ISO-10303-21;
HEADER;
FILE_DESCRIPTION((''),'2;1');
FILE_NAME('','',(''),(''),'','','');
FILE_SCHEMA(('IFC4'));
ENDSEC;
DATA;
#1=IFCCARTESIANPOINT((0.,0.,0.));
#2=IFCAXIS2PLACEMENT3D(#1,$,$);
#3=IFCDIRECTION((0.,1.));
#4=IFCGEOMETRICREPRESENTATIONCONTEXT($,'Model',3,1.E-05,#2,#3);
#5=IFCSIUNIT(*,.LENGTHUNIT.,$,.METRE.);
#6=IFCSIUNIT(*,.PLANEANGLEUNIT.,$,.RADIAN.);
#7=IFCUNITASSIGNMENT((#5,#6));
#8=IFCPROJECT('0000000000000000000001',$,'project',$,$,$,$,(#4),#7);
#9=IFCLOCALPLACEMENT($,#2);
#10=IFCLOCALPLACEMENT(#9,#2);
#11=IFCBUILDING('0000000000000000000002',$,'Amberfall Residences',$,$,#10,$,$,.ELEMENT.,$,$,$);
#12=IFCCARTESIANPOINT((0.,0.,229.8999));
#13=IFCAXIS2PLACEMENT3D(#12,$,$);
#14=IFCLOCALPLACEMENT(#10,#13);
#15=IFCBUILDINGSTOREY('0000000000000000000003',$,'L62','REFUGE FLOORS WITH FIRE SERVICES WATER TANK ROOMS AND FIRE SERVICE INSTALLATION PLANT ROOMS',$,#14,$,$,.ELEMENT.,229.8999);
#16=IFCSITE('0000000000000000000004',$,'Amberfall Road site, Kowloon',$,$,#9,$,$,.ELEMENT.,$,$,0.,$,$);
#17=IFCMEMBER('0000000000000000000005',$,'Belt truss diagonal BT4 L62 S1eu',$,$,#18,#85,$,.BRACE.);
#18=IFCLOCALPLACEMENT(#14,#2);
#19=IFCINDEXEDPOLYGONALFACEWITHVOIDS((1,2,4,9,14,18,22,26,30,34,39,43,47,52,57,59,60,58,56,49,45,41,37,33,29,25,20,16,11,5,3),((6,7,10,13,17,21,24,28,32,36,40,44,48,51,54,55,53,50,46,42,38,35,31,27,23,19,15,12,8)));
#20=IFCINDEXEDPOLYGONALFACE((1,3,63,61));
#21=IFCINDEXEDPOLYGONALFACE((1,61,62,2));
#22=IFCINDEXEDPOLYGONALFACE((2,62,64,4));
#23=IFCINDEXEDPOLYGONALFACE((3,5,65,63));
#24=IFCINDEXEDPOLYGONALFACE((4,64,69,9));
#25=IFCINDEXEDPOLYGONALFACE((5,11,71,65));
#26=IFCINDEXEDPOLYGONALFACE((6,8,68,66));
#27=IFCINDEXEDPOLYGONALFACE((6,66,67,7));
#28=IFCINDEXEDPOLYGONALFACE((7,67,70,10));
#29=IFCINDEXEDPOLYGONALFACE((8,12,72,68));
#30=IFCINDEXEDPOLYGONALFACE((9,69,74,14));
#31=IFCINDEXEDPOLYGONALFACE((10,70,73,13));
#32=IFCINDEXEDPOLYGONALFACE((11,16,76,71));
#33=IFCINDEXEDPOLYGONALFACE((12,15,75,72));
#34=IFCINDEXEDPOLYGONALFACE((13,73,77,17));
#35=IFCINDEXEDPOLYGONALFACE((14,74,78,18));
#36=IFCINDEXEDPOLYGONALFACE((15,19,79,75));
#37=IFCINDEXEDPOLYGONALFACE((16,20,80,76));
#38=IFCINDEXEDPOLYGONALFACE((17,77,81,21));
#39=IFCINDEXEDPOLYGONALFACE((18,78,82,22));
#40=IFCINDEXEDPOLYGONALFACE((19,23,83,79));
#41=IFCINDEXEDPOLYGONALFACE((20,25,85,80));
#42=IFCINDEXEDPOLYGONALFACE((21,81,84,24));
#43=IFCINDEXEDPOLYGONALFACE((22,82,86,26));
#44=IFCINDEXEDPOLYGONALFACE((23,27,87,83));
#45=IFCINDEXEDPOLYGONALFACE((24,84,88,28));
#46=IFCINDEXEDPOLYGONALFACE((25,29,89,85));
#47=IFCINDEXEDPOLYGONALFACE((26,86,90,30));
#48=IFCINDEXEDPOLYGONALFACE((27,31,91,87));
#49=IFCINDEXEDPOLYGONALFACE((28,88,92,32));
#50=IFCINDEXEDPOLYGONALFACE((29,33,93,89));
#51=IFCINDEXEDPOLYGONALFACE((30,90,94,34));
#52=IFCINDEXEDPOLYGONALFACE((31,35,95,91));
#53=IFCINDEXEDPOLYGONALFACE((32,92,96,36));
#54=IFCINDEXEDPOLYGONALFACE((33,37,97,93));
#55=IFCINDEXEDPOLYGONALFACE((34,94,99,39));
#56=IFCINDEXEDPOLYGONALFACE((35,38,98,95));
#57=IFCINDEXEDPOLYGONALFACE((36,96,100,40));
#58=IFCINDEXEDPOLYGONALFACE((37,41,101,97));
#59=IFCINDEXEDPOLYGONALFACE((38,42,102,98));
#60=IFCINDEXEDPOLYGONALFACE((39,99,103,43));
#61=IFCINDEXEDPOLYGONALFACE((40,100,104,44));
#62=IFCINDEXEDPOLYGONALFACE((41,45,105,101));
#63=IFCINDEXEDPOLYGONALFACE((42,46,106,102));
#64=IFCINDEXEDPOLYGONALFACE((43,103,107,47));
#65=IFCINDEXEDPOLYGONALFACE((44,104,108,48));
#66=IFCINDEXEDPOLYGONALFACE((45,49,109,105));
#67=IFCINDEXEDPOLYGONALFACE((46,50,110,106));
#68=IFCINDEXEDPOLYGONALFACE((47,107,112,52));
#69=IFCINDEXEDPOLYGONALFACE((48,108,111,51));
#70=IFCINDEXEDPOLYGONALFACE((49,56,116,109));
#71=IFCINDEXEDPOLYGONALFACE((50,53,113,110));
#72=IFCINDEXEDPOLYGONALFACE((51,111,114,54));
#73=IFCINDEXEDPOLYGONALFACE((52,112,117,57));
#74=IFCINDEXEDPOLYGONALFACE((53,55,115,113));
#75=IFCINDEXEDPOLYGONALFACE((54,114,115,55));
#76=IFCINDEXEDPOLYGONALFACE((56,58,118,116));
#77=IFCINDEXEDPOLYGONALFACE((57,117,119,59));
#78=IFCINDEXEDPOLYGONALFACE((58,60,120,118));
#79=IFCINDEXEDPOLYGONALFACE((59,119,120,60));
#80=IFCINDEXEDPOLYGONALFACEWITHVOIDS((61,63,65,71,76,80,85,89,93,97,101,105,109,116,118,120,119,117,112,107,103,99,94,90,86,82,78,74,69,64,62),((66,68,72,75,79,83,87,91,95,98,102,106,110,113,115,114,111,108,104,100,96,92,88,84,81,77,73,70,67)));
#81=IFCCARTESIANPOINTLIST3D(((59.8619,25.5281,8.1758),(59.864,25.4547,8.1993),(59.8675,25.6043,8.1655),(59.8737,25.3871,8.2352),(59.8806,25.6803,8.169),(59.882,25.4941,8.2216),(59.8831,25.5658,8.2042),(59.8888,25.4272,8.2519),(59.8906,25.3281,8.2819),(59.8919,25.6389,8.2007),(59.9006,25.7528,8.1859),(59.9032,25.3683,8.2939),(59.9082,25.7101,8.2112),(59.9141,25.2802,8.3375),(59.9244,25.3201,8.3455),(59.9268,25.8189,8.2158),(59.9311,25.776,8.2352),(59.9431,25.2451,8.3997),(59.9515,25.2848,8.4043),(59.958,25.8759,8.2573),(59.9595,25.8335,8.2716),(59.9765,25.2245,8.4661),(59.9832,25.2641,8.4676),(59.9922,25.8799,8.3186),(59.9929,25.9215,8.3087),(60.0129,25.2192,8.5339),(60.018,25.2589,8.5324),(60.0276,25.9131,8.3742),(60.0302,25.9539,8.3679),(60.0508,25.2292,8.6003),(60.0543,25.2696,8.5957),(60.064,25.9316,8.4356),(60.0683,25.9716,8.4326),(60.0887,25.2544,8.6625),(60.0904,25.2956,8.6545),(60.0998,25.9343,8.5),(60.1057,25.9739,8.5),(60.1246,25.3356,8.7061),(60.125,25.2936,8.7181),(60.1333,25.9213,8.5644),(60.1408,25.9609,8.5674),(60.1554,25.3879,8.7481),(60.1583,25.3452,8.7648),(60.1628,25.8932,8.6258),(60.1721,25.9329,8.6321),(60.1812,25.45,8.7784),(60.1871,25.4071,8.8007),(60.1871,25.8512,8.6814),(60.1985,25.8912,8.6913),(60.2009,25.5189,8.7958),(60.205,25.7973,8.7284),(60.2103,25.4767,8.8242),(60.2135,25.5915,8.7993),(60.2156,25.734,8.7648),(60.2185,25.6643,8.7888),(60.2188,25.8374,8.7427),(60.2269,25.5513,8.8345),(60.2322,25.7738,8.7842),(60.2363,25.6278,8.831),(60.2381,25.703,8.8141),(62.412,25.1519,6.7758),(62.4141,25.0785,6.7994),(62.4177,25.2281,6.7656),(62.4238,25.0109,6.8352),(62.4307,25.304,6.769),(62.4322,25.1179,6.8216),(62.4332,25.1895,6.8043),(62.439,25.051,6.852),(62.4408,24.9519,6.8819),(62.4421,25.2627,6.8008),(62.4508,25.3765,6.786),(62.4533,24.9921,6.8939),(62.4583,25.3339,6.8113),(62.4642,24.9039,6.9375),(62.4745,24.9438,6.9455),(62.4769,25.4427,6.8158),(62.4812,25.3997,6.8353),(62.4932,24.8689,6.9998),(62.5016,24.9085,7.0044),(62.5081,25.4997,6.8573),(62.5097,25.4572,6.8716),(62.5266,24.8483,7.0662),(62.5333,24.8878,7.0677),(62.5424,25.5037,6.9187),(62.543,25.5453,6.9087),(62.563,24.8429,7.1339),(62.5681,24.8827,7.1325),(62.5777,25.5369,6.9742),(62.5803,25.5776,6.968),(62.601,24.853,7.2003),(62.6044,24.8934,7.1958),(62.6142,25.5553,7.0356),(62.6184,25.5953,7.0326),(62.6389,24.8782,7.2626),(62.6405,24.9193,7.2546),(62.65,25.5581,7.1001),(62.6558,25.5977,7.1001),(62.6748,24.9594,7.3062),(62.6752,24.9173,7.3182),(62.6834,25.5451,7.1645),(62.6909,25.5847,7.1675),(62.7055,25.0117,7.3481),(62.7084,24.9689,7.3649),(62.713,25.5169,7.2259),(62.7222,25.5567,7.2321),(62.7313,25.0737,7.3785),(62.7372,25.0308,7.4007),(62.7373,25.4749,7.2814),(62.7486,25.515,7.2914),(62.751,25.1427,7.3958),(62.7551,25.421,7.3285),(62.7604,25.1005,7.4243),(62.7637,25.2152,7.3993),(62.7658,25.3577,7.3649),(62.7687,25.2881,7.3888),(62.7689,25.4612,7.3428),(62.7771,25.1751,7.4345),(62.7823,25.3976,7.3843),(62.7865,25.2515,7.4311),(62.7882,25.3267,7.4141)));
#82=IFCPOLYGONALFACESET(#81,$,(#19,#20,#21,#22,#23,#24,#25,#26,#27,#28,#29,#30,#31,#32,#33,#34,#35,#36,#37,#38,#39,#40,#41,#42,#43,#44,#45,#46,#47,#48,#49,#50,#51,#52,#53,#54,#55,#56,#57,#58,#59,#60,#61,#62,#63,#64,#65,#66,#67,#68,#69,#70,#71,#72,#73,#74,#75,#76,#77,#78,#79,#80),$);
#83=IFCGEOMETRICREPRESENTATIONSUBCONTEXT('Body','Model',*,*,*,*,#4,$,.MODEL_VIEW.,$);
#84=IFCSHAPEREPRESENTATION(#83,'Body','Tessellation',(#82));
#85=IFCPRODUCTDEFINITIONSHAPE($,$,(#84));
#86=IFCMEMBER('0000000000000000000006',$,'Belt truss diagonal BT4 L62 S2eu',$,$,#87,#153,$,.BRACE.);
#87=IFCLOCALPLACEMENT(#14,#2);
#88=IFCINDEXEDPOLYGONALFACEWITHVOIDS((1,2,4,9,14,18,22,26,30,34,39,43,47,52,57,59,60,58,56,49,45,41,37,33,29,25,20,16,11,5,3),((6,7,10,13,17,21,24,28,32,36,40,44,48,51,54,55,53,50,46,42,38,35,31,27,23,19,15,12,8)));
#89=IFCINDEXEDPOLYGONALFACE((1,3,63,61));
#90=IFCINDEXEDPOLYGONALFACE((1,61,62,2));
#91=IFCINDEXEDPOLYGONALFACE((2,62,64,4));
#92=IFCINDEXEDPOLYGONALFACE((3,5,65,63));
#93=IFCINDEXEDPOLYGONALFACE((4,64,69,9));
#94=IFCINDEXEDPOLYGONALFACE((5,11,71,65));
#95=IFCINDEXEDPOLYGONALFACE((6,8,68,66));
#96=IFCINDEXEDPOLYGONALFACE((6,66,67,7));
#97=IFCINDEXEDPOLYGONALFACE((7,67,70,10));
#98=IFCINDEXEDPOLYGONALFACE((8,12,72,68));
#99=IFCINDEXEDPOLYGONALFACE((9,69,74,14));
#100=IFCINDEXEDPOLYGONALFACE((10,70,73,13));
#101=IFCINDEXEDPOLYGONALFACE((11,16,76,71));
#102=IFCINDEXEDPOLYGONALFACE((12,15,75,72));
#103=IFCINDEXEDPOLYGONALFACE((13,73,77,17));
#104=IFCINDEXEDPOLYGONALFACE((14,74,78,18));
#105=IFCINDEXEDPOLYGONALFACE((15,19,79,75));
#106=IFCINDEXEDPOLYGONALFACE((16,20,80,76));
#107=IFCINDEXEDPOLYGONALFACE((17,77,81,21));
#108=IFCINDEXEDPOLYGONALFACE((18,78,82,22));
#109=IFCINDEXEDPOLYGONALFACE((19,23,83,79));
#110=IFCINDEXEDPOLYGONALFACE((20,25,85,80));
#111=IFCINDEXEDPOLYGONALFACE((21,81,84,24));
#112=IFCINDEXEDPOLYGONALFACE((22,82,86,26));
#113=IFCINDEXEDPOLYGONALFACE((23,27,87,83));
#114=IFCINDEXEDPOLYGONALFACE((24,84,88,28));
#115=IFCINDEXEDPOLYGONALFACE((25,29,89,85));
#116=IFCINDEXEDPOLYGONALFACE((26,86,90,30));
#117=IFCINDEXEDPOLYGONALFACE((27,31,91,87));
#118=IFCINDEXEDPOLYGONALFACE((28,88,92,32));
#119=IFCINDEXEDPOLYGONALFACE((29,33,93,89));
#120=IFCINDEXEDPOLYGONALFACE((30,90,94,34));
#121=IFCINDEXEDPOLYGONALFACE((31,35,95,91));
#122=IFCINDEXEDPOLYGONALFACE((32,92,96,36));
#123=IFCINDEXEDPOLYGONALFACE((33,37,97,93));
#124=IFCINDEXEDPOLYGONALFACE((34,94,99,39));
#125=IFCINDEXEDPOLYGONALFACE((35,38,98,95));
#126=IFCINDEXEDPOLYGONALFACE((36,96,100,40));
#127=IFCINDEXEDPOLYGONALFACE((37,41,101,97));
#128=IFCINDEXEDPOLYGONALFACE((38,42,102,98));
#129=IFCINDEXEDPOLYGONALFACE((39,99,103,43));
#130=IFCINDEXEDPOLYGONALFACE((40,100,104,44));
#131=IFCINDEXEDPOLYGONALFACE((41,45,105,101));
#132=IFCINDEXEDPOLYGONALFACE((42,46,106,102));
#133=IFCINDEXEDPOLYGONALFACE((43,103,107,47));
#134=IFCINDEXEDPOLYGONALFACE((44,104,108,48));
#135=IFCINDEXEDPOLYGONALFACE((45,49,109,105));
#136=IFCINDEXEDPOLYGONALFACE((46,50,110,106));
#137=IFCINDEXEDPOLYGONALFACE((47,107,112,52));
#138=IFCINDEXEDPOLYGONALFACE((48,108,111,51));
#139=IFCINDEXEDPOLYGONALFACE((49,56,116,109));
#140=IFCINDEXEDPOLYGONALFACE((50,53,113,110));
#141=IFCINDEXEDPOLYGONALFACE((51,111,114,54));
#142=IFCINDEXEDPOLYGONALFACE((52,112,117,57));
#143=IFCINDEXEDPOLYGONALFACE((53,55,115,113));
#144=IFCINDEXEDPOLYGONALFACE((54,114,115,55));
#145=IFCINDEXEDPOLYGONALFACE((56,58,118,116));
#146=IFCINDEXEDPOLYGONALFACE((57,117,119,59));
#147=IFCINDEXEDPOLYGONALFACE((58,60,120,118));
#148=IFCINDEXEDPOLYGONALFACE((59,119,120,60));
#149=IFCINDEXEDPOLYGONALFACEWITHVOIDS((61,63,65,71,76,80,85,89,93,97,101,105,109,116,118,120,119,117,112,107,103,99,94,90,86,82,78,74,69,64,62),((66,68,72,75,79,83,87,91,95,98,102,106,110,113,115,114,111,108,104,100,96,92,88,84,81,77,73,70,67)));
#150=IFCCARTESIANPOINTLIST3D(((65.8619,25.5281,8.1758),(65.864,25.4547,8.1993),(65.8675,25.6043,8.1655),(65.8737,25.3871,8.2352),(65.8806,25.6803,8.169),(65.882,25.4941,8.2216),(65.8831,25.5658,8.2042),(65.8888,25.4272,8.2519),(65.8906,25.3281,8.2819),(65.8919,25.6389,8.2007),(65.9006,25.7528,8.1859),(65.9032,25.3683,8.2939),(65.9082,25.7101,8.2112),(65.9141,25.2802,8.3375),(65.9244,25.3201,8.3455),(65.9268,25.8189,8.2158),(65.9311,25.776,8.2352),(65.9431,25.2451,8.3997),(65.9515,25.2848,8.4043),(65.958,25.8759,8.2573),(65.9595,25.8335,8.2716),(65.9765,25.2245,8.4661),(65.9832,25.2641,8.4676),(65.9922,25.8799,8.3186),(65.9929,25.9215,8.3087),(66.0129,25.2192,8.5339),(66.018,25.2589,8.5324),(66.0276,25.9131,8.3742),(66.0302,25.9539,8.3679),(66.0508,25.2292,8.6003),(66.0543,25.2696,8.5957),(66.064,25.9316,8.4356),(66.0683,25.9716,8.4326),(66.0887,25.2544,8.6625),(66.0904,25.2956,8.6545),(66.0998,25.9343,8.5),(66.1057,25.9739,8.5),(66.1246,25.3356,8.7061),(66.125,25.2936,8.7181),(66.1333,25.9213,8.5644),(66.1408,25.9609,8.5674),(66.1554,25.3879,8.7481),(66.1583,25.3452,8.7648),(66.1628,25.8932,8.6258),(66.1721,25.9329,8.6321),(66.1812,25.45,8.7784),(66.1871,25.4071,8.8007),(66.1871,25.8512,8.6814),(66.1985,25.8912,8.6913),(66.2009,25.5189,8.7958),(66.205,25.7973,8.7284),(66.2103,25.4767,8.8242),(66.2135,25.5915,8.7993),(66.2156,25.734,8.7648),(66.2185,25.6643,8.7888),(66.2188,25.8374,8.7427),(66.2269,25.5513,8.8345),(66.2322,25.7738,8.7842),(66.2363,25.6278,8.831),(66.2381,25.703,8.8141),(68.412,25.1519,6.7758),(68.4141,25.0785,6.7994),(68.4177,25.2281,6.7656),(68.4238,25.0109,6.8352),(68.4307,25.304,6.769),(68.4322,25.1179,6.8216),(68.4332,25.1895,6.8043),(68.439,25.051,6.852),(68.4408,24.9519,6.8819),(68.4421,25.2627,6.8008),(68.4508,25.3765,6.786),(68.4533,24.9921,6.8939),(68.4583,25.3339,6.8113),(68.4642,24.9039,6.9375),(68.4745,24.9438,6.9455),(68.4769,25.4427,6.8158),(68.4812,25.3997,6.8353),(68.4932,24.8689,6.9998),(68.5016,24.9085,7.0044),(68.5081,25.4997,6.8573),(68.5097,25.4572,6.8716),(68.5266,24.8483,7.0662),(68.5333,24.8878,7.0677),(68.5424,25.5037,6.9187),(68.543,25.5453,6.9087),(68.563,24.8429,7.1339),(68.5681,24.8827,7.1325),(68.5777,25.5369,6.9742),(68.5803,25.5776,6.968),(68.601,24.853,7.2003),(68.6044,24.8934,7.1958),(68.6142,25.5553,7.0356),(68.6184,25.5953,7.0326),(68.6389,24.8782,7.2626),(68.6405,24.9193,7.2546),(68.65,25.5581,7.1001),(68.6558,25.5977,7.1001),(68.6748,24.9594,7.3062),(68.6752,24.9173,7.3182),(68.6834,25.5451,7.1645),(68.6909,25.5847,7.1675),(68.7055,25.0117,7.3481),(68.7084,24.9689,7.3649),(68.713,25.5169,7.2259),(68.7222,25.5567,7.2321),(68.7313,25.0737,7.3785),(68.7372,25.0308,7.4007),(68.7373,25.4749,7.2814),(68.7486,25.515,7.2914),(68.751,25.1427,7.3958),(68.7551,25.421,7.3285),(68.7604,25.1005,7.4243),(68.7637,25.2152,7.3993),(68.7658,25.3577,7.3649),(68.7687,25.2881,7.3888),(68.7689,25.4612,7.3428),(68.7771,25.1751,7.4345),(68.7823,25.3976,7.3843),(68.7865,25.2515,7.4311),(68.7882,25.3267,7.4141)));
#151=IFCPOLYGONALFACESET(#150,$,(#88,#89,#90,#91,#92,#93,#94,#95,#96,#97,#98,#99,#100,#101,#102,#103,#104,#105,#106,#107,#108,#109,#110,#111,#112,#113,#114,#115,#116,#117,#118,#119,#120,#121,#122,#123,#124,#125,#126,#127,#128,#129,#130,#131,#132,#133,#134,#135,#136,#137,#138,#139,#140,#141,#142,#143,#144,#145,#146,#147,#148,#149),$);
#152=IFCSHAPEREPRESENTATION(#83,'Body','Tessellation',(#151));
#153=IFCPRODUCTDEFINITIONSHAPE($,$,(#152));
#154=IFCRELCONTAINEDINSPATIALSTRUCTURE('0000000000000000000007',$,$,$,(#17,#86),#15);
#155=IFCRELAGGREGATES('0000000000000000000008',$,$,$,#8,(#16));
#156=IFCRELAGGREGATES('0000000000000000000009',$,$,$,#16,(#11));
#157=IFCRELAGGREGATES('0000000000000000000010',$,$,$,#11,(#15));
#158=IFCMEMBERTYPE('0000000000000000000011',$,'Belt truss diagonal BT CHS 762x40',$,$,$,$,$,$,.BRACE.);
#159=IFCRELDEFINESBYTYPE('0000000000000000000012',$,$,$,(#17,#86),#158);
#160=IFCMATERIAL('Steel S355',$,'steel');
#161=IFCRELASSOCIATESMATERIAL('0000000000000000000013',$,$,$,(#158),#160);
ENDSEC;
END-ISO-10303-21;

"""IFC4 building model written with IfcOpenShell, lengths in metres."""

from ifc_helpers import new_model, si_unit, direction, frame, origin, origin_2d, place, context, subcontext, project, spatial, hollow_circle, extrude, material, material_profile, profile_set, type_object, element, save


model = new_model("IFC4")

# Units and contexts
model_context = context("Model", 3, precision=1e-05, world=origin(), true_north=direction((0.0, 1.0)))
body_context = subcontext(model_context, "Body", "Model", "MODEL_VIEW")
ifc_project = project(units=[si_unit("LENGTHUNIT", "METRE"), si_unit("PLANEANGLEUNIT", "RADIAN")], contexts=[model_context])

# Site, building, storey
site_placement = place(None, origin())
site = spatial("IfcSite", under=ifc_project, at=site_placement, Name="Amberfall Road site, Kowloon", CompositionType="ELEMENT", RefElevation=0.0)
building_placement = place(site_placement, origin())
building = spatial("IfcBuilding", under=site, at=building_placement, Name="Amberfall Residences", CompositionType="ELEMENT")
storey_placement = place(building_placement, frame((0.0, 0.0, 229.8999)))
storey = spatial("IfcBuildingStorey", under=building, at=storey_placement, Name="L62", Description="REFUGE FLOORS WITH FIRE SERVICES WATER TANK ROOMS AND FIRE SERVICE INSTALLATION PLANT ROOMS", CompositionType="ELEMENT", Elevation=229.8999)

# Members
ifc_material_1 = material(Name="Steel S355", Category="steel")
ifc_material_profile_1 = material_profile(ifc_material_1, hollow_circle(Radius=0.3811, WallThickness=0.04, at=origin_2d()), Name="CHS 762x40")
ifc_profile_set_1 = profile_set([ifc_material_profile_1], Name="Steel S355")
member_type_1 = type_object("IfcMemberType", Name="Belt truss diagonal BT CHS 762x40", PredefinedType="BRACE", material=ifc_profile_set_1)
for number, where, z_axis, x_axis, name in (
    (1, (60.05, 25.5969, 8.5), (0.869356, -0.12826, -0.477251), (0.145955, 0.989291, 0.0), "Belt truss diagonal BT4 L62 S1eu"),
    (2, (66.05, 25.5969, 8.5), (0.869356, -0.12826, -0.477251), (0.145955, 0.989291, 0.0), "Belt truss diagonal BT4 L62 S2eu"),
):
    element("IfcMember", number, at=place(storey_placement, frame(where, z_axis=z_axis, x_axis=x_axis)), inside=storey, type_object=member_type_1, Name=name, PredefinedType="BRACE", context=body_context, shape_type="SweptSolid", body=[
        extrude(hollow_circle(Radius=0.3811, WallThickness=0.04, at=origin_2d()), origin(), (0.0, 0.0, 1.0), 2.9333),
    ])

save(model, "model.ifc")
